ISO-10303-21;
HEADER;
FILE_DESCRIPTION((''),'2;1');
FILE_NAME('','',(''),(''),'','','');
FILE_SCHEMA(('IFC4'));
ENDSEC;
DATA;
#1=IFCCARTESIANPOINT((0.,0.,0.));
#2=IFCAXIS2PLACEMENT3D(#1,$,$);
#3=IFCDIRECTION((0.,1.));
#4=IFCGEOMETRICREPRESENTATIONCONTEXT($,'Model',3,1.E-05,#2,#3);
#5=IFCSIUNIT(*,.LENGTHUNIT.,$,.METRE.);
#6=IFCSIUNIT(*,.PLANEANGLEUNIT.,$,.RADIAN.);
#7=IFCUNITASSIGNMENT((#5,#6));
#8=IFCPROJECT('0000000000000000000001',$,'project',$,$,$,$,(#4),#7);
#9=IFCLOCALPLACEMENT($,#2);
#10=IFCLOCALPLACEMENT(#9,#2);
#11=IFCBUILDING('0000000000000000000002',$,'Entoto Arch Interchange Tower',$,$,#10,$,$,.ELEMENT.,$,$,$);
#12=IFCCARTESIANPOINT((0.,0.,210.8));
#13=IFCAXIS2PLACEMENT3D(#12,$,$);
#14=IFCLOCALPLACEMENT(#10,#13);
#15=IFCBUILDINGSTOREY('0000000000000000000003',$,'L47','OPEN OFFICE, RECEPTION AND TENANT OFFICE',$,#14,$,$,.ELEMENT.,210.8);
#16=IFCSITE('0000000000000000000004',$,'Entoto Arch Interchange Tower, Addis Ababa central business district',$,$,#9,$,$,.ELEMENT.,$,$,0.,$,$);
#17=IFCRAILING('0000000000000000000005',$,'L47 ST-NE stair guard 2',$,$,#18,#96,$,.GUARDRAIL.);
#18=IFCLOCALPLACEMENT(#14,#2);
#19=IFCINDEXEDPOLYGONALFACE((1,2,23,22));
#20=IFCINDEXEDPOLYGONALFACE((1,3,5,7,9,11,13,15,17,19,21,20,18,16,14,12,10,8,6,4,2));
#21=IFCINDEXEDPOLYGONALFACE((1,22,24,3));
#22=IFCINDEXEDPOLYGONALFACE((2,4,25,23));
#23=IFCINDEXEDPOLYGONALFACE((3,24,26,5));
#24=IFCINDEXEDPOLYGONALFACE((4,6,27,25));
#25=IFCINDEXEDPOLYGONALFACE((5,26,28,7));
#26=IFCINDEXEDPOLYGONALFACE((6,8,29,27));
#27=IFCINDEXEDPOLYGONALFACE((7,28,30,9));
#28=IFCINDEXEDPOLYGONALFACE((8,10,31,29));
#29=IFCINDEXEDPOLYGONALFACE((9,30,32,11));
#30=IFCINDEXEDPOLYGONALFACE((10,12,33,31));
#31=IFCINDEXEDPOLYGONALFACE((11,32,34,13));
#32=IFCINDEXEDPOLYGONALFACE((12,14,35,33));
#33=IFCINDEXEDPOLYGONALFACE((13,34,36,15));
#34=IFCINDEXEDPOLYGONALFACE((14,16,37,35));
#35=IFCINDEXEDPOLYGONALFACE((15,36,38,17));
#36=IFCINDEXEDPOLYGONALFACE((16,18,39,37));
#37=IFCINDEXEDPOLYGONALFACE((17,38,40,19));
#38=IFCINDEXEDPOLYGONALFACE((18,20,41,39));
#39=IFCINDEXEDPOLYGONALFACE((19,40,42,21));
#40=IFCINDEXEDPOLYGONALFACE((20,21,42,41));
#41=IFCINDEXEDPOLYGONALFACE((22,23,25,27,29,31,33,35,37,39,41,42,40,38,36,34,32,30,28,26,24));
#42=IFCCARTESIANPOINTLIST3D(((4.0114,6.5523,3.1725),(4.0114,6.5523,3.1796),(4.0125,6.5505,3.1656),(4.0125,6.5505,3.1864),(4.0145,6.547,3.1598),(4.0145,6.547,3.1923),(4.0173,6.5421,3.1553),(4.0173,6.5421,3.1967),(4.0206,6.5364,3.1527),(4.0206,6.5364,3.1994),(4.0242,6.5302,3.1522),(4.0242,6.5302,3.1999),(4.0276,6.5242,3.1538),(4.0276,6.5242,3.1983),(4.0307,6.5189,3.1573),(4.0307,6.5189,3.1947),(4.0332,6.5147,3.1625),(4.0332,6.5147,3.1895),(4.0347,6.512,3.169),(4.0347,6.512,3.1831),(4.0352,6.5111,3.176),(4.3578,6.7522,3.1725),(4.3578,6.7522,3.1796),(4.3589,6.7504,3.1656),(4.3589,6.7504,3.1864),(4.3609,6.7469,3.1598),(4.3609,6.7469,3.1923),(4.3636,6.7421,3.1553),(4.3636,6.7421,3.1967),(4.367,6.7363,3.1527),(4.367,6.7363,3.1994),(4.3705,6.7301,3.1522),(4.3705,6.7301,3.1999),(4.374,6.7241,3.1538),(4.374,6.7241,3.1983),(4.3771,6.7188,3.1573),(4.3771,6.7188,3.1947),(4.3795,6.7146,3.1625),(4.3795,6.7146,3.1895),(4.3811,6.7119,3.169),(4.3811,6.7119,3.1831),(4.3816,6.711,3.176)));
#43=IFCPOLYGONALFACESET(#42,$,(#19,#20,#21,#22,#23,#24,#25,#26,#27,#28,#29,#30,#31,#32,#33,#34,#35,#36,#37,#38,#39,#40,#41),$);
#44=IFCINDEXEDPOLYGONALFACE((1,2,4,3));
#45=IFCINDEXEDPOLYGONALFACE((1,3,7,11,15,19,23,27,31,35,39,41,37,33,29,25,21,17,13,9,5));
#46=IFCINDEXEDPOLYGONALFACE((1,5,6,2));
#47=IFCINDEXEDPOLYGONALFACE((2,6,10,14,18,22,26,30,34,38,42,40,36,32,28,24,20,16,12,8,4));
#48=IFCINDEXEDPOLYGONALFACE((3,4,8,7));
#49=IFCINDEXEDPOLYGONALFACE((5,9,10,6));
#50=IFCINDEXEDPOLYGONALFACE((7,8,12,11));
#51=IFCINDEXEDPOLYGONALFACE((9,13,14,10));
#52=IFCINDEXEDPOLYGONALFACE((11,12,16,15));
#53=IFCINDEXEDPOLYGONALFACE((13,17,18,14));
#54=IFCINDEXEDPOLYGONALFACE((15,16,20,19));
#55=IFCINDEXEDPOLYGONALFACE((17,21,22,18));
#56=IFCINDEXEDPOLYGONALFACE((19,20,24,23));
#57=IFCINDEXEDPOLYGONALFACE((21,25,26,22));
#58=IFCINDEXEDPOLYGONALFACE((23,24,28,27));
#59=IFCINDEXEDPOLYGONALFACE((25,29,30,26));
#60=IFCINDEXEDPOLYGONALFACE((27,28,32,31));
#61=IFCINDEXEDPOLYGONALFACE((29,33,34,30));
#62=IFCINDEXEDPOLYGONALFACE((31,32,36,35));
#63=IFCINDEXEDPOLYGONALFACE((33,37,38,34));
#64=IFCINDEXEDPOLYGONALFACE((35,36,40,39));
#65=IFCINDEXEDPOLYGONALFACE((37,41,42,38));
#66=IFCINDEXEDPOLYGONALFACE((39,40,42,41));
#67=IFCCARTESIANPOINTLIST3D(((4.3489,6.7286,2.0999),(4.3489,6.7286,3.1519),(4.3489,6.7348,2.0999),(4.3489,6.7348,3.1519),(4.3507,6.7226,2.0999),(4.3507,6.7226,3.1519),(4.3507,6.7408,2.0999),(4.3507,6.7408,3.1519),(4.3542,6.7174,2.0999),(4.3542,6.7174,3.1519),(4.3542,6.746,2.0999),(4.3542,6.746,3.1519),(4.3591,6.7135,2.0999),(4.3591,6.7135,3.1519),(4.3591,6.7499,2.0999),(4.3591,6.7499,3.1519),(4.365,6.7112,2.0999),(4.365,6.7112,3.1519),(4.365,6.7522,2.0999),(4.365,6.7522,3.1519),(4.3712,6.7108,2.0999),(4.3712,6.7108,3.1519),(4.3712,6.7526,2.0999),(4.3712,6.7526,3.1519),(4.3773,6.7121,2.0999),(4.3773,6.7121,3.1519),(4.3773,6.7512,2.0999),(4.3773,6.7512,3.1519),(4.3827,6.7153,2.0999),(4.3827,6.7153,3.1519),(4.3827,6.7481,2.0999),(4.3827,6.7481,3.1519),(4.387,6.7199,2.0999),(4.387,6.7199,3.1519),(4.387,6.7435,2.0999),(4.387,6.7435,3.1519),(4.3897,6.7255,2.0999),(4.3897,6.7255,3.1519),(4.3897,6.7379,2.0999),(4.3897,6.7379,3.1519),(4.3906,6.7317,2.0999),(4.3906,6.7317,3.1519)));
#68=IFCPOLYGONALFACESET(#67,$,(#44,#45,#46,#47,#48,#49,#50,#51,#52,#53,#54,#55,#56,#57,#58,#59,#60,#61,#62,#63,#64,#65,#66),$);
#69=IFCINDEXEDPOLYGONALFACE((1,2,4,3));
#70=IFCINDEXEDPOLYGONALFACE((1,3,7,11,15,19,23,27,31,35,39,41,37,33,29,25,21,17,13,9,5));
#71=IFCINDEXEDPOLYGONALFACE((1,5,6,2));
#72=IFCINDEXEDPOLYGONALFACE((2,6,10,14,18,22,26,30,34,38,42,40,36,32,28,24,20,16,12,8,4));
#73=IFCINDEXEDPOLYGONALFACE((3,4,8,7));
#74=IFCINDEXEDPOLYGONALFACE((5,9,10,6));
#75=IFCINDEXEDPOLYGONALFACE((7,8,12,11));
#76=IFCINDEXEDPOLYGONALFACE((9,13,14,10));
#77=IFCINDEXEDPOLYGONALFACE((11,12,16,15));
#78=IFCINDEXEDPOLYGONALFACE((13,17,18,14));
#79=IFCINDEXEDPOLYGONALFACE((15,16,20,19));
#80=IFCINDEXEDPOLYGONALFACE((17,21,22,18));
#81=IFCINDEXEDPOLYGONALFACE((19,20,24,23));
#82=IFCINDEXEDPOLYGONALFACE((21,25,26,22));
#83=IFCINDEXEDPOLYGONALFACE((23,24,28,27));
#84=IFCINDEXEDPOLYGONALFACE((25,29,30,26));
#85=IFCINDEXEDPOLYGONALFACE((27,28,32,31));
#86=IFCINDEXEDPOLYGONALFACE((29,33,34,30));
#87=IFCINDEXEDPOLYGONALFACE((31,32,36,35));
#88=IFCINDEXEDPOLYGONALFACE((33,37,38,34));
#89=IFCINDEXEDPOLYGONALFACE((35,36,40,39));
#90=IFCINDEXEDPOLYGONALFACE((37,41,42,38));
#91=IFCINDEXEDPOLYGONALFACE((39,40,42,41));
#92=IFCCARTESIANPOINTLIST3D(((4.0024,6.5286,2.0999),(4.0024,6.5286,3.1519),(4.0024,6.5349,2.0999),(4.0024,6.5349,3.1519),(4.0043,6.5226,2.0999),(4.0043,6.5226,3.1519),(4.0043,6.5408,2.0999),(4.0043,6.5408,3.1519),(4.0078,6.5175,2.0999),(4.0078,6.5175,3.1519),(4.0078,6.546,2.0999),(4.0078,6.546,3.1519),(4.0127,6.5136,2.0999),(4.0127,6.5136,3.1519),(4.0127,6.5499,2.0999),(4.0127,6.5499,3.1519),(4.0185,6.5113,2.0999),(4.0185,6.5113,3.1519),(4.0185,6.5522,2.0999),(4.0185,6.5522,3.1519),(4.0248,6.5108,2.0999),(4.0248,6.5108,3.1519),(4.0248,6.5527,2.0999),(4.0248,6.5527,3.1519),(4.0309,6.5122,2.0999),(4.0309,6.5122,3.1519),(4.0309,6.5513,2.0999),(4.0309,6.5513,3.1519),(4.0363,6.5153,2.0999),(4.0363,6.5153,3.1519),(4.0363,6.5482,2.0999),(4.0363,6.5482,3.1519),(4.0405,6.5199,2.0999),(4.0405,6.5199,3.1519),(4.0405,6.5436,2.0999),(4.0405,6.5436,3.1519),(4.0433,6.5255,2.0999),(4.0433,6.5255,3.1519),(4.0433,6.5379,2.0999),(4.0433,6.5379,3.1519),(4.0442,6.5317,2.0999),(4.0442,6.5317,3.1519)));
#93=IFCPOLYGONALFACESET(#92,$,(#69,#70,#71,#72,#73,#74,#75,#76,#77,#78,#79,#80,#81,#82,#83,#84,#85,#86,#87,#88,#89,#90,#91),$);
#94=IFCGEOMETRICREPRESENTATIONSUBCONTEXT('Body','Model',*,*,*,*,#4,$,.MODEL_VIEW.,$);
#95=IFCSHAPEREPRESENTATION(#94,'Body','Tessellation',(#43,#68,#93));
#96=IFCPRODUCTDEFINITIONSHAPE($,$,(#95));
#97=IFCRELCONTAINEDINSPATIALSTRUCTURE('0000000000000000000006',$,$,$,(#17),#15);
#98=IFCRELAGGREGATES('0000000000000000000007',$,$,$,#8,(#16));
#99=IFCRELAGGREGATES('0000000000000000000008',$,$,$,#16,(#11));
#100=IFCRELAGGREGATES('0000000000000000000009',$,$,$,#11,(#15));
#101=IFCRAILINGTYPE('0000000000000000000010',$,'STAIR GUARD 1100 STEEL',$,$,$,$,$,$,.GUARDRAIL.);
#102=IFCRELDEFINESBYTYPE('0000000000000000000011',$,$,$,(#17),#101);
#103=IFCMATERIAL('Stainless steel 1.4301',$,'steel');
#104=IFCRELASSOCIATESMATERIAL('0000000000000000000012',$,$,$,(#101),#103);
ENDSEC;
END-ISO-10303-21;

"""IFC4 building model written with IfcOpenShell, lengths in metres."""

from ifc_helpers import new_model, si_unit, direction, frame, origin, origin_2d, place, context, subcontext, project, spatial, circle, extrude, material, type_object, element, save


model = new_model("IFC4")

# Units and contexts
model_context = context("Model", 3, precision=1e-05, world=origin(), true_north=direction((0.0, 1.0)))
body_context = subcontext(model_context, "Body", "Model", "MODEL_VIEW")
ifc_project = project(units=[si_unit("LENGTHUNIT", "METRE"), si_unit("PLANEANGLEUNIT", "RADIAN")], contexts=[model_context])

# Site, building, storey
site_placement = place(None, origin())
site = spatial("IfcSite", under=ifc_project, at=site_placement, Name="Entoto Arch Interchange Tower, Addis Ababa central business district", CompositionType="ELEMENT", RefElevation=0.0)
building_placement = place(site_placement, origin())
building = spatial("IfcBuilding", under=site, at=building_placement, Name="Entoto Arch Interchange Tower", CompositionType="ELEMENT")
storey_placement = place(building_placement, frame((0.0, 0.0, 210.8)))
storey = spatial("IfcBuildingStorey", under=building, at=storey_placement, Name="L47", Description="OPEN OFFICE, RECEPTION AND TENANT OFFICE", CompositionType="ELEMENT", Elevation=210.8)

# Railing
ifc_material_1 = material(Name="Stainless steel 1.4301", Category="steel")
railing_type_1 = type_object("IfcRailingType", Name="STAIR GUARD 1100 STEEL", PredefinedType="GUARDRAIL", material=ifc_material_1)
railing_1_placement = place(storey_placement, frame((4.3696, 6.7317, 2.0999)))
element("IfcRailing", 1, at=railing_1_placement, inside=storey, type_object=railing_type_1, Name="L47 ST-NE stair guard 2", PredefinedType="GUARDRAIL", context=body_context, shape_type="SweptSolid", body=[
    extrude(circle(Radius=0.0239, at=origin_2d()), frame((0.0, 0.0, 1.0762), z_axis=(-0.866094, -0.499881, 0.0), x_axis=(0.499881, -0.866094, 0.0)), (0.0, 0.0, 1.0), 0.3999),
    extrude(circle(Radius=0.021, at=origin_2d()), origin(), (0.0, 0.0, 1.0), 1.052),
    extrude(circle(Radius=0.021, at=origin_2d()), frame((-0.3464, -0.2, 0.0)), (0.0, 0.0, 1.0), 1.052),
])

save(model, "model.ifc")
